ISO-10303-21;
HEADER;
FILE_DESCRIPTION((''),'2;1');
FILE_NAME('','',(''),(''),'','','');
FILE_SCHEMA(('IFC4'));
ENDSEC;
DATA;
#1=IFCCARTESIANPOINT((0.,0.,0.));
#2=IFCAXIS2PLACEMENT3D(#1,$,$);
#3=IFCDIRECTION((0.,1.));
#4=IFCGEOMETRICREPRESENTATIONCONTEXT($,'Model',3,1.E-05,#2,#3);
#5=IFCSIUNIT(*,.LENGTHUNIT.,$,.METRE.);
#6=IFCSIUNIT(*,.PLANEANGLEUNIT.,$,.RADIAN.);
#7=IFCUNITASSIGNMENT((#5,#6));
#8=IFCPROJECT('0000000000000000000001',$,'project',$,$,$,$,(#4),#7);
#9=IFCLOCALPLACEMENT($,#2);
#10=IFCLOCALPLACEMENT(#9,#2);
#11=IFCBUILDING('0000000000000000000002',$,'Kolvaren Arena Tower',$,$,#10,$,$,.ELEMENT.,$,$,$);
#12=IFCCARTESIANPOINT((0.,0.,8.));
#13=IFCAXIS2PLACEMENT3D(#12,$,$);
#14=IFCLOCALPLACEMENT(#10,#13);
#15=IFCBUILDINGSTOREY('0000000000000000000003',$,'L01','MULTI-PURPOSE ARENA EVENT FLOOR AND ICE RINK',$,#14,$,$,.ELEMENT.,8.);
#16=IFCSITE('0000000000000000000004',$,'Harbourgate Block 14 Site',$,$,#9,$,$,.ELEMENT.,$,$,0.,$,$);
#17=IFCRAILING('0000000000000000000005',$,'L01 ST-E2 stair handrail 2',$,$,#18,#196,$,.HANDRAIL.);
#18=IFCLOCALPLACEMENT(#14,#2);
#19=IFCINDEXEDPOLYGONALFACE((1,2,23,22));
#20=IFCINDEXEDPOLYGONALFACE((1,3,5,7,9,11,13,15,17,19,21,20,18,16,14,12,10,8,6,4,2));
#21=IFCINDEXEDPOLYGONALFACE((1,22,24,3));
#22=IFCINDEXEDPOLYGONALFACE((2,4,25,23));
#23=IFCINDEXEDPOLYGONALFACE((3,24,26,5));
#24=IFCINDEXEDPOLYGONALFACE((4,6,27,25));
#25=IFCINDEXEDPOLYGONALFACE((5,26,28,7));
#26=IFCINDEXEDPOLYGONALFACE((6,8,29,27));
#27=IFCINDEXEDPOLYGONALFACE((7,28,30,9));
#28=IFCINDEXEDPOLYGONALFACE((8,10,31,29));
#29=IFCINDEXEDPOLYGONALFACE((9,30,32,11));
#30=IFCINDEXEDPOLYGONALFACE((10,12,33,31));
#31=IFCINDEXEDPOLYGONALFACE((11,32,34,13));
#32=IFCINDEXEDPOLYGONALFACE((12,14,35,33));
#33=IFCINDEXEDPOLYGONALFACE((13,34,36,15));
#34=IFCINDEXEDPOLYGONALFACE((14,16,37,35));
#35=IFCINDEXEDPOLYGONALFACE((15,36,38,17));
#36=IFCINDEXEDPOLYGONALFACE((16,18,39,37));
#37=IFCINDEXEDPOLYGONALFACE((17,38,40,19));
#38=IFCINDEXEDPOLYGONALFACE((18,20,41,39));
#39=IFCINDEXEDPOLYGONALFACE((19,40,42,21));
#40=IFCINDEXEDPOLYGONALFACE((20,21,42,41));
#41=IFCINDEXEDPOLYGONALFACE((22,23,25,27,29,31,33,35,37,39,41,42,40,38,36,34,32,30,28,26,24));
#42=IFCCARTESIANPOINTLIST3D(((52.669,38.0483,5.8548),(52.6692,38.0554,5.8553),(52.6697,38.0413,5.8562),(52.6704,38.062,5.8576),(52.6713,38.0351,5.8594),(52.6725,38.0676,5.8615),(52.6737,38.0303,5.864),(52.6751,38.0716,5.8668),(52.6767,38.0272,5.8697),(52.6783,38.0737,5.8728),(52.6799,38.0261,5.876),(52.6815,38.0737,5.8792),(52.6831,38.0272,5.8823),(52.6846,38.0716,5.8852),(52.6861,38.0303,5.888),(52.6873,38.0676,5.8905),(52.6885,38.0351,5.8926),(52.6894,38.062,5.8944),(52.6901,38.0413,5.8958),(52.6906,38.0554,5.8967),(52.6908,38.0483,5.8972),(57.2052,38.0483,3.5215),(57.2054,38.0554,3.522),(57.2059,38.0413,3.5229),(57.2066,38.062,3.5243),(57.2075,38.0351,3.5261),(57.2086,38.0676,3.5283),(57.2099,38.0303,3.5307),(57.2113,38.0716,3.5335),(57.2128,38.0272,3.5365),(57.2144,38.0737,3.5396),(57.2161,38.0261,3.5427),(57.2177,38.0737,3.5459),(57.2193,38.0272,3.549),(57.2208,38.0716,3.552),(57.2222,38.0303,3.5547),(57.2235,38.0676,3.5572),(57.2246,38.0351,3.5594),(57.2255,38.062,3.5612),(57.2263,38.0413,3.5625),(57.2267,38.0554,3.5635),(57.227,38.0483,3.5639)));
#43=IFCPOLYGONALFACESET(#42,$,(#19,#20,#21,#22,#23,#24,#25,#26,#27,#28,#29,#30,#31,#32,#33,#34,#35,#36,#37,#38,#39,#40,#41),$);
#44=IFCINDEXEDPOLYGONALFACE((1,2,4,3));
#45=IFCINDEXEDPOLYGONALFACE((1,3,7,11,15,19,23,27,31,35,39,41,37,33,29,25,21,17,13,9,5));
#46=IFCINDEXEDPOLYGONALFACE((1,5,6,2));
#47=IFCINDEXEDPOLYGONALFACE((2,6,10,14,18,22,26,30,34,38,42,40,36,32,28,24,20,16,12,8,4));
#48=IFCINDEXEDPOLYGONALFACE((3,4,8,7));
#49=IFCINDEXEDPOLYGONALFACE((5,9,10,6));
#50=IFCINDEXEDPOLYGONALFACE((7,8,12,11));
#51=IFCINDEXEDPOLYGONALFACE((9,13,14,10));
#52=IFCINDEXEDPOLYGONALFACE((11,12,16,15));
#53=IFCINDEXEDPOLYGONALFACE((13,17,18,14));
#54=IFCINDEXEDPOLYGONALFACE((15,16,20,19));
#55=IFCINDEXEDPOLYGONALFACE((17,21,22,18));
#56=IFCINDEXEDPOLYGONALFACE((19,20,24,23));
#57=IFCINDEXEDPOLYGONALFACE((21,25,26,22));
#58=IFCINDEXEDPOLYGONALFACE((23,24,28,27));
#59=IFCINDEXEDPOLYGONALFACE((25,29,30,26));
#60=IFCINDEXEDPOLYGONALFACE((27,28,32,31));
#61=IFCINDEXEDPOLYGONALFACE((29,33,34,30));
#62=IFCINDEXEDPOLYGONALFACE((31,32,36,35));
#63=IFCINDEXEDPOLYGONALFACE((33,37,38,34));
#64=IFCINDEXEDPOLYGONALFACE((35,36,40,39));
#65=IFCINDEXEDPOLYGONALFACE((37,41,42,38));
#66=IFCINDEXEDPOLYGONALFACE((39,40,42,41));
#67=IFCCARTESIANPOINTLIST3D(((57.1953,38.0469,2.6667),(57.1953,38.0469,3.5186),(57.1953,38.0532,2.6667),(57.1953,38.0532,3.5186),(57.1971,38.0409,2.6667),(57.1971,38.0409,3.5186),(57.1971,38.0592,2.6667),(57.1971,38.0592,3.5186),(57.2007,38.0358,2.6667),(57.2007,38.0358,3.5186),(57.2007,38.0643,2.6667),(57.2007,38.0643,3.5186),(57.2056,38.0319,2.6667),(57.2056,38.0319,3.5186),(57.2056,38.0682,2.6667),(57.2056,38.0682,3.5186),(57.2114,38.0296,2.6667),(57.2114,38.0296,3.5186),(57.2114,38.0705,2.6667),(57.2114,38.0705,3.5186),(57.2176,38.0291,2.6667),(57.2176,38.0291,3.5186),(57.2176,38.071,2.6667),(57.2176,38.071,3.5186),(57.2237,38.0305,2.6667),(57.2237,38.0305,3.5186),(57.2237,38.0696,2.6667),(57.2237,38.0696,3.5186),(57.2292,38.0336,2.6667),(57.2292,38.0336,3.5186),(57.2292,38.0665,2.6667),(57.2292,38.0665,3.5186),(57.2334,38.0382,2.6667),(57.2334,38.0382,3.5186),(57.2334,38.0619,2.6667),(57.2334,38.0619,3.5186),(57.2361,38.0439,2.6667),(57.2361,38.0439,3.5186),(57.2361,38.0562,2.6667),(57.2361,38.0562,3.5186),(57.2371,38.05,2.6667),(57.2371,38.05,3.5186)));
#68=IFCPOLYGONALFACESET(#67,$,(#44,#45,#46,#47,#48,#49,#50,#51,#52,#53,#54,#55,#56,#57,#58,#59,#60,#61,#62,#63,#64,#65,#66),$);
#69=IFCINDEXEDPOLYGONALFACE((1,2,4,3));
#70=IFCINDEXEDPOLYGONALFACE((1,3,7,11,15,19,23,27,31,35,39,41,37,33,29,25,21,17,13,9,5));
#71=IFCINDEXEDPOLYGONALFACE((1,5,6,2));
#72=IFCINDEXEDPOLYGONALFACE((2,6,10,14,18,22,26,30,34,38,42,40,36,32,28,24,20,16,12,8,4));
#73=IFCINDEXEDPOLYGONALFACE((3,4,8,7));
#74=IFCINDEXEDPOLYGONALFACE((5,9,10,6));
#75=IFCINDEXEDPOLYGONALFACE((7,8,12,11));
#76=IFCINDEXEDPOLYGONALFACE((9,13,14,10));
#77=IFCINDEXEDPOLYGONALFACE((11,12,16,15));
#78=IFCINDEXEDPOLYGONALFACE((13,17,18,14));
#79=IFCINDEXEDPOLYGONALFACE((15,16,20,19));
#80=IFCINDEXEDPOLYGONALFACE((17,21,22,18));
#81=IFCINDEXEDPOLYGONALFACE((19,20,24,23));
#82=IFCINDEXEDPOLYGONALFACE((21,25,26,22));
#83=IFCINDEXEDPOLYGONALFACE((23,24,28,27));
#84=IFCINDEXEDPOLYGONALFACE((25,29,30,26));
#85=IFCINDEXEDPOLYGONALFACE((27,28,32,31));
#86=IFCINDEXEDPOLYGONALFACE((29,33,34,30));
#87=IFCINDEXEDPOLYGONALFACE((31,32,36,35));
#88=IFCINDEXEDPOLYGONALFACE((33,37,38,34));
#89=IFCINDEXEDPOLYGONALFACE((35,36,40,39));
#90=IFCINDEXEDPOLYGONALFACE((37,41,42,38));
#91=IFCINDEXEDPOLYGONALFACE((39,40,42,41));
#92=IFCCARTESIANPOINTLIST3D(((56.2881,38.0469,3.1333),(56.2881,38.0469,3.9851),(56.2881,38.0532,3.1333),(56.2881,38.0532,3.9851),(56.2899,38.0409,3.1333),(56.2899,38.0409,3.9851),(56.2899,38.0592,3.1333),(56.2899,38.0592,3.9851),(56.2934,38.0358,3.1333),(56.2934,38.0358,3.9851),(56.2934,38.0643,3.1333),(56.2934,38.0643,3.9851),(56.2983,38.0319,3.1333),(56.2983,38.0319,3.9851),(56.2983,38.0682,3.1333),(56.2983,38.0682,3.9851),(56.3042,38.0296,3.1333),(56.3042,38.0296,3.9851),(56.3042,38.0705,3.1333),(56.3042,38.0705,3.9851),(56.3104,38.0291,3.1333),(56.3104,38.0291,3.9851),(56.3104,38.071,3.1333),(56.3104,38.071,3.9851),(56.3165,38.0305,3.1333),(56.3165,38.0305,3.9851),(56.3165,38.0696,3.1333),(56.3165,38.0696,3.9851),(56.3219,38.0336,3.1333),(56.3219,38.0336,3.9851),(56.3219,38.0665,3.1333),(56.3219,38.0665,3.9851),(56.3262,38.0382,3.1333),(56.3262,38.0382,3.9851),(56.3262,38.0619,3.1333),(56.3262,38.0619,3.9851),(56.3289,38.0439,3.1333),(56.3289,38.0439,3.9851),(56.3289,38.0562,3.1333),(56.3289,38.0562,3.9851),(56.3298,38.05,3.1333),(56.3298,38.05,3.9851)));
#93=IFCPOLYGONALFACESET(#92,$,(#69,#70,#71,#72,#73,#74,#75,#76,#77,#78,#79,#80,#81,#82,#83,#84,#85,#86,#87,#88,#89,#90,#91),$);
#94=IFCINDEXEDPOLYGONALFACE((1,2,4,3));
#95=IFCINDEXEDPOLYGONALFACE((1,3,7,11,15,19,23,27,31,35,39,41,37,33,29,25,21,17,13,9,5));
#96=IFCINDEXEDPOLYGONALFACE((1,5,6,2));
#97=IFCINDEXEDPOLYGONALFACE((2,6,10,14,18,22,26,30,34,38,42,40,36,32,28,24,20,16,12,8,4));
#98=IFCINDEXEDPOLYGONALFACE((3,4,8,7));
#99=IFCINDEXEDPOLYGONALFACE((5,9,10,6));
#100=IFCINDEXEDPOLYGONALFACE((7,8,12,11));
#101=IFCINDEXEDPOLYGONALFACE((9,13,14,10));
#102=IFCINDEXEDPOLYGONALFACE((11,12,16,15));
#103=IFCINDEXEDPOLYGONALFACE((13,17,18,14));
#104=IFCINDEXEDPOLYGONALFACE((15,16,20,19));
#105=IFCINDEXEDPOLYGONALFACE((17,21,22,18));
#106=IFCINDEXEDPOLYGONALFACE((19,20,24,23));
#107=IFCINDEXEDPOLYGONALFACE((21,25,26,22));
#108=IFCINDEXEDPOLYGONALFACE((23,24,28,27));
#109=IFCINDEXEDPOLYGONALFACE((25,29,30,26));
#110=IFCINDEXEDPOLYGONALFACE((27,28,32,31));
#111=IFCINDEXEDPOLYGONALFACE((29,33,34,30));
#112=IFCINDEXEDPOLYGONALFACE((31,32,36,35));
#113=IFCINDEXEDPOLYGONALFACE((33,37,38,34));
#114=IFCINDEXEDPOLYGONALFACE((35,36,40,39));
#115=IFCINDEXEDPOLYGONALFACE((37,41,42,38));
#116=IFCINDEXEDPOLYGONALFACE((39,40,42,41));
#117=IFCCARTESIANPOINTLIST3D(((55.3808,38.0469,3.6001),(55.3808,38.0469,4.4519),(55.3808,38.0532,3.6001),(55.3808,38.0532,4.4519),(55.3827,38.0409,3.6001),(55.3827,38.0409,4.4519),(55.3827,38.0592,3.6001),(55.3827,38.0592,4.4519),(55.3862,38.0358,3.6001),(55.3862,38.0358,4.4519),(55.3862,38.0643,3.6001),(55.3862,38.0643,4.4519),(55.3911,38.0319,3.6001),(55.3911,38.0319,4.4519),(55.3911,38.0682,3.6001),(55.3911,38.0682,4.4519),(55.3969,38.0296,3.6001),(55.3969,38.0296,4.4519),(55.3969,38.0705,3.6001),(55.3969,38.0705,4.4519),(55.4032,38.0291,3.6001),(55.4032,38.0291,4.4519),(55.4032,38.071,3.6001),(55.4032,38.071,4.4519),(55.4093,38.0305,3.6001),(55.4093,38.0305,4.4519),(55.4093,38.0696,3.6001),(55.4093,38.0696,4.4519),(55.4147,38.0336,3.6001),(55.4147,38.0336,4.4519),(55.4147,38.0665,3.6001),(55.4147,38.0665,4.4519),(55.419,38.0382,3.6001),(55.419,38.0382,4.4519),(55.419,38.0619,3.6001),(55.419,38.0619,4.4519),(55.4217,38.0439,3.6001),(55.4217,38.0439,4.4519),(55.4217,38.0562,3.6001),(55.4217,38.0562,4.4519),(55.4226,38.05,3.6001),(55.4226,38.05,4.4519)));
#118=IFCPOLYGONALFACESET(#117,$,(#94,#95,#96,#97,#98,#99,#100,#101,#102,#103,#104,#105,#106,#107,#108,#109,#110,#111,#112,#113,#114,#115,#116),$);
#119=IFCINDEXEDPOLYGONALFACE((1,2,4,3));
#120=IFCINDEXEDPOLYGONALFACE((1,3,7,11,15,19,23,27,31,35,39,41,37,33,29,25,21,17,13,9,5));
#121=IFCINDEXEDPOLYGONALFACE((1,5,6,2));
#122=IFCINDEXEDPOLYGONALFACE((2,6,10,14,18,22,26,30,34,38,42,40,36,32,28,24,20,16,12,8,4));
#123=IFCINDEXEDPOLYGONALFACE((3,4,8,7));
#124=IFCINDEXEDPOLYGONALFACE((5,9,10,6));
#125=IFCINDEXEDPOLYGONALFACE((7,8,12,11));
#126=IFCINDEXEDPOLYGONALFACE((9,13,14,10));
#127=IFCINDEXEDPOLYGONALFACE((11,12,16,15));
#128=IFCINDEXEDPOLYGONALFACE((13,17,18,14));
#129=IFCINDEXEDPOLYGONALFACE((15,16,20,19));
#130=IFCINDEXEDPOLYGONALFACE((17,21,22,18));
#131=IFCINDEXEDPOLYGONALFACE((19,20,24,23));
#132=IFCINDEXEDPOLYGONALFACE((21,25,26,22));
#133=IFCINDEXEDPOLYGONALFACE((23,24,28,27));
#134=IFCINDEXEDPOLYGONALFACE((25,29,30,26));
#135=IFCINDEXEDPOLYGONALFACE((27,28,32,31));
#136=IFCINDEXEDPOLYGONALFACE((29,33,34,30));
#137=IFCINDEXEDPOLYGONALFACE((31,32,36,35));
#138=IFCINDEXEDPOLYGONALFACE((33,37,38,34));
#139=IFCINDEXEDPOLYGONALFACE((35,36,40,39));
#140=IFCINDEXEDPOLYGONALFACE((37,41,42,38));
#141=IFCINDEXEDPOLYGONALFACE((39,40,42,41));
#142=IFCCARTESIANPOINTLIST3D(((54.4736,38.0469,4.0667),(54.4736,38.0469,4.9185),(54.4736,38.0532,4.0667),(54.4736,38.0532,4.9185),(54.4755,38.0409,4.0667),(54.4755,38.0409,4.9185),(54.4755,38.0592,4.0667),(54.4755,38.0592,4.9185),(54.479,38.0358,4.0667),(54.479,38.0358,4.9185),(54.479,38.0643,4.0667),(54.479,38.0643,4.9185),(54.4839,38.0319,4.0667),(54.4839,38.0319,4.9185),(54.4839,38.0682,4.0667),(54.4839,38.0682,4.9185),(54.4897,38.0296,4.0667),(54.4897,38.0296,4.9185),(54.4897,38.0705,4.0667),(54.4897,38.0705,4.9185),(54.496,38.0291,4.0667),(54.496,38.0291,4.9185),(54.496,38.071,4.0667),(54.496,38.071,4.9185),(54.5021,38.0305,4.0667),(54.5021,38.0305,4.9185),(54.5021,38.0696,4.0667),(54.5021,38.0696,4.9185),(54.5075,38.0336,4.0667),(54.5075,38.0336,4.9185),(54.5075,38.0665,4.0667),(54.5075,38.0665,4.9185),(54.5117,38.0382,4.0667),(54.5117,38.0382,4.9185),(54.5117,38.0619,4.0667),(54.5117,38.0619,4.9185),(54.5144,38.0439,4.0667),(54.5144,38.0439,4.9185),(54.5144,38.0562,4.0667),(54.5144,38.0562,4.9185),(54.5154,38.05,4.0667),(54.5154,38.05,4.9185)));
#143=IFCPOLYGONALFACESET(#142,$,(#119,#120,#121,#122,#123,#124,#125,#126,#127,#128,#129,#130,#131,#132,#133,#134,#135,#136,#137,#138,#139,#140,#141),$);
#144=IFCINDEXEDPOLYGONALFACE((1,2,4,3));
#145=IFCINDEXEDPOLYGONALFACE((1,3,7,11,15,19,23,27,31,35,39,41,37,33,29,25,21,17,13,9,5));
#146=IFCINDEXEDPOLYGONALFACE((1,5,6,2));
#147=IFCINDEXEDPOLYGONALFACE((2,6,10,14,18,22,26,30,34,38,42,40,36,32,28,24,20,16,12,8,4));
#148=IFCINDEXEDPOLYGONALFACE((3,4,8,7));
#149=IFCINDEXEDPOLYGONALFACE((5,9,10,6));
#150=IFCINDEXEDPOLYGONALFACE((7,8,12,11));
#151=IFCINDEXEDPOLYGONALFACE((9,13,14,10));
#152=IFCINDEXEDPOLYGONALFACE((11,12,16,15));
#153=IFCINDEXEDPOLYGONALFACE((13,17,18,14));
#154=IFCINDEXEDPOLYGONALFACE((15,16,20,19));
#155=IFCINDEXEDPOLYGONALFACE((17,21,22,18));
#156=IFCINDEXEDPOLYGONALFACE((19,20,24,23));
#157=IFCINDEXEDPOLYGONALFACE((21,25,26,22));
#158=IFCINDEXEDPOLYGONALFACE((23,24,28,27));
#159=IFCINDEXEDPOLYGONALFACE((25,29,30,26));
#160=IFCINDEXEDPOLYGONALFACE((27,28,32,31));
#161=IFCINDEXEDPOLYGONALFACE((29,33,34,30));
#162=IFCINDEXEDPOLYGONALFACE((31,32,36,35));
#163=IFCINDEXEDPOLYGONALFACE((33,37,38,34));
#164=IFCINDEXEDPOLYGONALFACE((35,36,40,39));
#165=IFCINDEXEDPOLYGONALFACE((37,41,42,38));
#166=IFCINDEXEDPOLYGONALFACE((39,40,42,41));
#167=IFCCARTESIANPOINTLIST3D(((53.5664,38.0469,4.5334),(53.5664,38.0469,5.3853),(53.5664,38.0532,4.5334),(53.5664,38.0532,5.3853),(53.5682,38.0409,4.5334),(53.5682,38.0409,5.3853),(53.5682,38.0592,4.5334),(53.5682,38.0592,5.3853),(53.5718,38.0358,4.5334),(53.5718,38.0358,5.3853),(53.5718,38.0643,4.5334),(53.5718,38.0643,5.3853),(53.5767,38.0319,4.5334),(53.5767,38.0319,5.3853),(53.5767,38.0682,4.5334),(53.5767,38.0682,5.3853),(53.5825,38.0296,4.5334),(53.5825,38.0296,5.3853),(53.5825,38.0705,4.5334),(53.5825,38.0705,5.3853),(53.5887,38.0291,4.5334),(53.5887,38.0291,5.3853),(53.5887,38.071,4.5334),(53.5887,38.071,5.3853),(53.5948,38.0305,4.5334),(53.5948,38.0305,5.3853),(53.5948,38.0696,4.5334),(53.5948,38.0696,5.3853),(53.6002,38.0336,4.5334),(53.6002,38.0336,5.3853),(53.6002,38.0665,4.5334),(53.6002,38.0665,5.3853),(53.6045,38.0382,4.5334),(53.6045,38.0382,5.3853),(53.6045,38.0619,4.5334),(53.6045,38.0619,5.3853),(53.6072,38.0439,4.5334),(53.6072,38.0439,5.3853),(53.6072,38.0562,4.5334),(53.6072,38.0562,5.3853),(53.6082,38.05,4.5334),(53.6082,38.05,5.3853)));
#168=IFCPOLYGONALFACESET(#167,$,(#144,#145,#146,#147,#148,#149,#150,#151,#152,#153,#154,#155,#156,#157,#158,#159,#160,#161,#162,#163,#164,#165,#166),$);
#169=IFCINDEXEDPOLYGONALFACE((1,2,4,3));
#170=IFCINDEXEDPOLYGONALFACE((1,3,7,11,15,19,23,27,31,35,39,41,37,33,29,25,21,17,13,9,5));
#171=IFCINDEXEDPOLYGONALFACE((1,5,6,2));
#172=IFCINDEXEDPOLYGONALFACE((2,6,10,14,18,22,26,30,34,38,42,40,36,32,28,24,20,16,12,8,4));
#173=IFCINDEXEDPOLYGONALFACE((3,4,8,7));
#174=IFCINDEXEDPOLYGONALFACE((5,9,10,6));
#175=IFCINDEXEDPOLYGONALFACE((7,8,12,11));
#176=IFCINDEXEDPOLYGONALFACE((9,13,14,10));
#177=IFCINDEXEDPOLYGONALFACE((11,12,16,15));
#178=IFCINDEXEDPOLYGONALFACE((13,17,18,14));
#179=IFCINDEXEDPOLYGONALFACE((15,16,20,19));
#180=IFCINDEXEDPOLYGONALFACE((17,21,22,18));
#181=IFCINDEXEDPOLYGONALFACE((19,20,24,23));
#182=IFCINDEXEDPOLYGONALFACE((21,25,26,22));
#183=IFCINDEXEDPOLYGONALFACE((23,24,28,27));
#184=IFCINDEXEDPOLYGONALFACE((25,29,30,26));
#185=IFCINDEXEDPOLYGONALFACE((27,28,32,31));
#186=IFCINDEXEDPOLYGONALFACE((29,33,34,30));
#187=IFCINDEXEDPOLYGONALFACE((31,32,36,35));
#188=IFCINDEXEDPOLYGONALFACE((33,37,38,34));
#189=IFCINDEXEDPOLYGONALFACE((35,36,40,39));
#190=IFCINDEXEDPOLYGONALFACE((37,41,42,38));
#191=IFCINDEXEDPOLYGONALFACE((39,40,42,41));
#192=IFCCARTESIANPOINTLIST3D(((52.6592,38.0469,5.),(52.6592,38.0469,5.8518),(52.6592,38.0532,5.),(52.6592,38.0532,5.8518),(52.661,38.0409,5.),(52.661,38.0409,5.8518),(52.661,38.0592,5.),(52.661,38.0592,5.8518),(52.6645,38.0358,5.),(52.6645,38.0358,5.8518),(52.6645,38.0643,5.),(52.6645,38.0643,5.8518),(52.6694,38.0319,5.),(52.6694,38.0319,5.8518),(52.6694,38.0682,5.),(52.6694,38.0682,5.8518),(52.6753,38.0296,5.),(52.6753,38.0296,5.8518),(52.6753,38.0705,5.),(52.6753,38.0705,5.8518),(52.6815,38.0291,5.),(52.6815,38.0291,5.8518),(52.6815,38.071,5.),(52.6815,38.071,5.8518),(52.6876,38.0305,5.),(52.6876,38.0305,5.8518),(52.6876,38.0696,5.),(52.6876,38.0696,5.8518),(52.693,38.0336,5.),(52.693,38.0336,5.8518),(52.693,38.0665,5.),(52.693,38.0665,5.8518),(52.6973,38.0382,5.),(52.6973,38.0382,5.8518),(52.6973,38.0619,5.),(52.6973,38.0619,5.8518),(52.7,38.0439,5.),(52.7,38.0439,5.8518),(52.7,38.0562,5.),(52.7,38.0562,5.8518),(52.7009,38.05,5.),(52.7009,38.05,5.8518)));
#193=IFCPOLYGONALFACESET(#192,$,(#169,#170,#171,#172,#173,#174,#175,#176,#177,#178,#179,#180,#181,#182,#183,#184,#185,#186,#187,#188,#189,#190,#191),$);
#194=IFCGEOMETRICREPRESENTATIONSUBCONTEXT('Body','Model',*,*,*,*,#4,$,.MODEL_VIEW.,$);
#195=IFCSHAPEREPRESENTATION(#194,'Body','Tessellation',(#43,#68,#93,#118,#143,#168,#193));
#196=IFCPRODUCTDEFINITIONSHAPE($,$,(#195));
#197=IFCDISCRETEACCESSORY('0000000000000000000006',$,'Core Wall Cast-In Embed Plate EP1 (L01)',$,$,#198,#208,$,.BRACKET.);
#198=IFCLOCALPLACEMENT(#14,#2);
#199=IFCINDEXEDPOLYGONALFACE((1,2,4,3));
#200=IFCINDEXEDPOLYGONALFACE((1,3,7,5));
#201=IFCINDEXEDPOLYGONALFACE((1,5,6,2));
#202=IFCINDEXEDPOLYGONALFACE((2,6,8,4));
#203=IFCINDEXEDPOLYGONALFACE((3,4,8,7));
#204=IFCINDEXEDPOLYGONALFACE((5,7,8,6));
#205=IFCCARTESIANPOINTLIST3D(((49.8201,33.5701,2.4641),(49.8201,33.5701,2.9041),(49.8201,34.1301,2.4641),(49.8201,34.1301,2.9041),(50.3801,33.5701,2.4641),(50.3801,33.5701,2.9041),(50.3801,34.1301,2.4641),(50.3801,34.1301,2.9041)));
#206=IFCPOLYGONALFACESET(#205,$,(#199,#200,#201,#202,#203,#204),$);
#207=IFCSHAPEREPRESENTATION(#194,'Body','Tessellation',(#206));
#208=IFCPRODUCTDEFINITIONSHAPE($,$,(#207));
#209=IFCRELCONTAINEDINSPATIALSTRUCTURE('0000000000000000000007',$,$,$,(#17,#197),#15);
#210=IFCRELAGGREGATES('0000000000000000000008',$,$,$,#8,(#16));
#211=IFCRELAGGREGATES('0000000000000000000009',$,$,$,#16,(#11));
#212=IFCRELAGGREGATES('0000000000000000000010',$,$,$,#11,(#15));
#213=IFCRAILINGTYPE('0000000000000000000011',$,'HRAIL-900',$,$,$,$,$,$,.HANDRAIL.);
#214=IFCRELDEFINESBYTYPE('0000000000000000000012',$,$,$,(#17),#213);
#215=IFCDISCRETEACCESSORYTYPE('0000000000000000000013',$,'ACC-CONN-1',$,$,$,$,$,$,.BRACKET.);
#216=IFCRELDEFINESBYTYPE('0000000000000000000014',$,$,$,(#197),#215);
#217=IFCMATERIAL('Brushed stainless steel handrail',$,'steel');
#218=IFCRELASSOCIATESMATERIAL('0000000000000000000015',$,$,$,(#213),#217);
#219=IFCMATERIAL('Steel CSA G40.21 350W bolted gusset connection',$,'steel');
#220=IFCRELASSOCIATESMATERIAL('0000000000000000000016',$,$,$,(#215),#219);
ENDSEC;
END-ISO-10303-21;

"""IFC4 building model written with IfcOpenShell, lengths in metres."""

from ifc_helpers import new_model, si_unit, direction, frame, origin, origin_2d, place, context, subcontext, project, spatial, rectangle, circle, extrude, material, type_object, element, save


model = new_model("IFC4")

# Units and contexts
model_context = context("Model", 3, precision=1e-05, world=origin(), true_north=direction((0.0, 1.0)))
body_context = subcontext(model_context, "Body", "Model", "MODEL_VIEW")
ifc_project = project(units=[si_unit("LENGTHUNIT", "METRE"), si_unit("PLANEANGLEUNIT", "RADIAN")], contexts=[model_context])

# Site, building, storey
site_placement = place(None, origin())
site = spatial("IfcSite", under=ifc_project, at=site_placement, Name="Harbourgate Block 14 Site", CompositionType="ELEMENT", RefElevation=0.0)
building_placement = place(site_placement, origin())
building = spatial("IfcBuilding", under=site, at=building_placement, Name="Kolvaren Arena Tower", CompositionType="ELEMENT")
storey_placement = place(building_placement, frame((0.0, 0.0, 8.0)))
storey = spatial("IfcBuildingStorey", under=building, at=storey_placement, Name="L01", Description="MULTI-PURPOSE ARENA EVENT FLOOR AND ICE RINK", CompositionType="ELEMENT", Elevation=8.0)

# Railing
ifc_material_1 = material(Name="Brushed stainless steel handrail", Category="steel")
railing_type_1 = type_object("IfcRailingType", Name="HRAIL-900", PredefinedType="HANDRAIL", material=ifc_material_1)
railing_1_placement = place(storey_placement, frame((57.2161, 38.05, 2.6667)))
element("IfcRailing", 1, at=railing_1_placement, inside=storey, type_object=railing_type_1, Name="L01 ST-E2 stair handrail 2", PredefinedType="HANDRAIL", context=body_context, shape_type="SweptSolid", body=[
    extrude(circle(Radius=0.0239, at=origin_2d()), frame((0.0, 0.0, 0.876), z_axis=(-0.889257, 0.0, 0.457407), x_axis=(0.0, -1.0, 0.0)), (0.0, 0.0, 1.0), 5.1011),
    extrude(circle(Radius=0.021, at=origin_2d()), origin(), (0.0, 0.0, 1.0), 0.8518),
    extrude(circle(Radius=0.021, at=origin_2d()), frame((-0.9072, 0.0, 0.4666)), (0.0, 0.0, 1.0), 0.8518),
    extrude(circle(Radius=0.021, at=origin_2d()), frame((-1.8145, 0.0, 0.9333)), (0.0, 0.0, 1.0), 0.8518),
    extrude(circle(Radius=0.021, at=origin_2d()), frame((-2.7217, 0.0, 1.3999)), (0.0, 0.0, 1.0), 0.8518),
    extrude(circle(Radius=0.021, at=origin_2d()), frame((-3.6289, 0.0, 1.8667)), (0.0, 0.0, 1.0), 0.8518),
    extrude(circle(Radius=0.021, at=origin_2d()), frame((-4.5361, 0.0, 2.3333)), (0.0, 0.0, 1.0), 0.8518),
])

# Discrete accessory
ifc_material_2 = material(Name="Steel CSA G40.21 350W bolted gusset connection", Category="steel")
discrete_accessory_type = type_object("IfcDiscreteAccessoryType", Name="ACC-CONN-1", PredefinedType="BRACKET", material=ifc_material_2)
discrete_accessory_placement = place(storey_placement, frame((50.1001, 33.8501, 2.4641), z_axis=(0.0, 0.0, 1.0), x_axis=(1.0, 0.0, 0.0)))
element("IfcDiscreteAccessory", 2, at=discrete_accessory_placement, inside=storey, type_object=discrete_accessory_type, Name="Core Wall Cast-In Embed Plate EP1 (L01)", PredefinedType="BRACKET", context=body_context, shape_type="SweptSolid", body=[
    extrude(rectangle(XDim=0.5601, YDim=0.5601, at=origin_2d()), origin(), (0.0, 0.0, 1.0), 0.4399),
])

save(model, "model.ifc")
